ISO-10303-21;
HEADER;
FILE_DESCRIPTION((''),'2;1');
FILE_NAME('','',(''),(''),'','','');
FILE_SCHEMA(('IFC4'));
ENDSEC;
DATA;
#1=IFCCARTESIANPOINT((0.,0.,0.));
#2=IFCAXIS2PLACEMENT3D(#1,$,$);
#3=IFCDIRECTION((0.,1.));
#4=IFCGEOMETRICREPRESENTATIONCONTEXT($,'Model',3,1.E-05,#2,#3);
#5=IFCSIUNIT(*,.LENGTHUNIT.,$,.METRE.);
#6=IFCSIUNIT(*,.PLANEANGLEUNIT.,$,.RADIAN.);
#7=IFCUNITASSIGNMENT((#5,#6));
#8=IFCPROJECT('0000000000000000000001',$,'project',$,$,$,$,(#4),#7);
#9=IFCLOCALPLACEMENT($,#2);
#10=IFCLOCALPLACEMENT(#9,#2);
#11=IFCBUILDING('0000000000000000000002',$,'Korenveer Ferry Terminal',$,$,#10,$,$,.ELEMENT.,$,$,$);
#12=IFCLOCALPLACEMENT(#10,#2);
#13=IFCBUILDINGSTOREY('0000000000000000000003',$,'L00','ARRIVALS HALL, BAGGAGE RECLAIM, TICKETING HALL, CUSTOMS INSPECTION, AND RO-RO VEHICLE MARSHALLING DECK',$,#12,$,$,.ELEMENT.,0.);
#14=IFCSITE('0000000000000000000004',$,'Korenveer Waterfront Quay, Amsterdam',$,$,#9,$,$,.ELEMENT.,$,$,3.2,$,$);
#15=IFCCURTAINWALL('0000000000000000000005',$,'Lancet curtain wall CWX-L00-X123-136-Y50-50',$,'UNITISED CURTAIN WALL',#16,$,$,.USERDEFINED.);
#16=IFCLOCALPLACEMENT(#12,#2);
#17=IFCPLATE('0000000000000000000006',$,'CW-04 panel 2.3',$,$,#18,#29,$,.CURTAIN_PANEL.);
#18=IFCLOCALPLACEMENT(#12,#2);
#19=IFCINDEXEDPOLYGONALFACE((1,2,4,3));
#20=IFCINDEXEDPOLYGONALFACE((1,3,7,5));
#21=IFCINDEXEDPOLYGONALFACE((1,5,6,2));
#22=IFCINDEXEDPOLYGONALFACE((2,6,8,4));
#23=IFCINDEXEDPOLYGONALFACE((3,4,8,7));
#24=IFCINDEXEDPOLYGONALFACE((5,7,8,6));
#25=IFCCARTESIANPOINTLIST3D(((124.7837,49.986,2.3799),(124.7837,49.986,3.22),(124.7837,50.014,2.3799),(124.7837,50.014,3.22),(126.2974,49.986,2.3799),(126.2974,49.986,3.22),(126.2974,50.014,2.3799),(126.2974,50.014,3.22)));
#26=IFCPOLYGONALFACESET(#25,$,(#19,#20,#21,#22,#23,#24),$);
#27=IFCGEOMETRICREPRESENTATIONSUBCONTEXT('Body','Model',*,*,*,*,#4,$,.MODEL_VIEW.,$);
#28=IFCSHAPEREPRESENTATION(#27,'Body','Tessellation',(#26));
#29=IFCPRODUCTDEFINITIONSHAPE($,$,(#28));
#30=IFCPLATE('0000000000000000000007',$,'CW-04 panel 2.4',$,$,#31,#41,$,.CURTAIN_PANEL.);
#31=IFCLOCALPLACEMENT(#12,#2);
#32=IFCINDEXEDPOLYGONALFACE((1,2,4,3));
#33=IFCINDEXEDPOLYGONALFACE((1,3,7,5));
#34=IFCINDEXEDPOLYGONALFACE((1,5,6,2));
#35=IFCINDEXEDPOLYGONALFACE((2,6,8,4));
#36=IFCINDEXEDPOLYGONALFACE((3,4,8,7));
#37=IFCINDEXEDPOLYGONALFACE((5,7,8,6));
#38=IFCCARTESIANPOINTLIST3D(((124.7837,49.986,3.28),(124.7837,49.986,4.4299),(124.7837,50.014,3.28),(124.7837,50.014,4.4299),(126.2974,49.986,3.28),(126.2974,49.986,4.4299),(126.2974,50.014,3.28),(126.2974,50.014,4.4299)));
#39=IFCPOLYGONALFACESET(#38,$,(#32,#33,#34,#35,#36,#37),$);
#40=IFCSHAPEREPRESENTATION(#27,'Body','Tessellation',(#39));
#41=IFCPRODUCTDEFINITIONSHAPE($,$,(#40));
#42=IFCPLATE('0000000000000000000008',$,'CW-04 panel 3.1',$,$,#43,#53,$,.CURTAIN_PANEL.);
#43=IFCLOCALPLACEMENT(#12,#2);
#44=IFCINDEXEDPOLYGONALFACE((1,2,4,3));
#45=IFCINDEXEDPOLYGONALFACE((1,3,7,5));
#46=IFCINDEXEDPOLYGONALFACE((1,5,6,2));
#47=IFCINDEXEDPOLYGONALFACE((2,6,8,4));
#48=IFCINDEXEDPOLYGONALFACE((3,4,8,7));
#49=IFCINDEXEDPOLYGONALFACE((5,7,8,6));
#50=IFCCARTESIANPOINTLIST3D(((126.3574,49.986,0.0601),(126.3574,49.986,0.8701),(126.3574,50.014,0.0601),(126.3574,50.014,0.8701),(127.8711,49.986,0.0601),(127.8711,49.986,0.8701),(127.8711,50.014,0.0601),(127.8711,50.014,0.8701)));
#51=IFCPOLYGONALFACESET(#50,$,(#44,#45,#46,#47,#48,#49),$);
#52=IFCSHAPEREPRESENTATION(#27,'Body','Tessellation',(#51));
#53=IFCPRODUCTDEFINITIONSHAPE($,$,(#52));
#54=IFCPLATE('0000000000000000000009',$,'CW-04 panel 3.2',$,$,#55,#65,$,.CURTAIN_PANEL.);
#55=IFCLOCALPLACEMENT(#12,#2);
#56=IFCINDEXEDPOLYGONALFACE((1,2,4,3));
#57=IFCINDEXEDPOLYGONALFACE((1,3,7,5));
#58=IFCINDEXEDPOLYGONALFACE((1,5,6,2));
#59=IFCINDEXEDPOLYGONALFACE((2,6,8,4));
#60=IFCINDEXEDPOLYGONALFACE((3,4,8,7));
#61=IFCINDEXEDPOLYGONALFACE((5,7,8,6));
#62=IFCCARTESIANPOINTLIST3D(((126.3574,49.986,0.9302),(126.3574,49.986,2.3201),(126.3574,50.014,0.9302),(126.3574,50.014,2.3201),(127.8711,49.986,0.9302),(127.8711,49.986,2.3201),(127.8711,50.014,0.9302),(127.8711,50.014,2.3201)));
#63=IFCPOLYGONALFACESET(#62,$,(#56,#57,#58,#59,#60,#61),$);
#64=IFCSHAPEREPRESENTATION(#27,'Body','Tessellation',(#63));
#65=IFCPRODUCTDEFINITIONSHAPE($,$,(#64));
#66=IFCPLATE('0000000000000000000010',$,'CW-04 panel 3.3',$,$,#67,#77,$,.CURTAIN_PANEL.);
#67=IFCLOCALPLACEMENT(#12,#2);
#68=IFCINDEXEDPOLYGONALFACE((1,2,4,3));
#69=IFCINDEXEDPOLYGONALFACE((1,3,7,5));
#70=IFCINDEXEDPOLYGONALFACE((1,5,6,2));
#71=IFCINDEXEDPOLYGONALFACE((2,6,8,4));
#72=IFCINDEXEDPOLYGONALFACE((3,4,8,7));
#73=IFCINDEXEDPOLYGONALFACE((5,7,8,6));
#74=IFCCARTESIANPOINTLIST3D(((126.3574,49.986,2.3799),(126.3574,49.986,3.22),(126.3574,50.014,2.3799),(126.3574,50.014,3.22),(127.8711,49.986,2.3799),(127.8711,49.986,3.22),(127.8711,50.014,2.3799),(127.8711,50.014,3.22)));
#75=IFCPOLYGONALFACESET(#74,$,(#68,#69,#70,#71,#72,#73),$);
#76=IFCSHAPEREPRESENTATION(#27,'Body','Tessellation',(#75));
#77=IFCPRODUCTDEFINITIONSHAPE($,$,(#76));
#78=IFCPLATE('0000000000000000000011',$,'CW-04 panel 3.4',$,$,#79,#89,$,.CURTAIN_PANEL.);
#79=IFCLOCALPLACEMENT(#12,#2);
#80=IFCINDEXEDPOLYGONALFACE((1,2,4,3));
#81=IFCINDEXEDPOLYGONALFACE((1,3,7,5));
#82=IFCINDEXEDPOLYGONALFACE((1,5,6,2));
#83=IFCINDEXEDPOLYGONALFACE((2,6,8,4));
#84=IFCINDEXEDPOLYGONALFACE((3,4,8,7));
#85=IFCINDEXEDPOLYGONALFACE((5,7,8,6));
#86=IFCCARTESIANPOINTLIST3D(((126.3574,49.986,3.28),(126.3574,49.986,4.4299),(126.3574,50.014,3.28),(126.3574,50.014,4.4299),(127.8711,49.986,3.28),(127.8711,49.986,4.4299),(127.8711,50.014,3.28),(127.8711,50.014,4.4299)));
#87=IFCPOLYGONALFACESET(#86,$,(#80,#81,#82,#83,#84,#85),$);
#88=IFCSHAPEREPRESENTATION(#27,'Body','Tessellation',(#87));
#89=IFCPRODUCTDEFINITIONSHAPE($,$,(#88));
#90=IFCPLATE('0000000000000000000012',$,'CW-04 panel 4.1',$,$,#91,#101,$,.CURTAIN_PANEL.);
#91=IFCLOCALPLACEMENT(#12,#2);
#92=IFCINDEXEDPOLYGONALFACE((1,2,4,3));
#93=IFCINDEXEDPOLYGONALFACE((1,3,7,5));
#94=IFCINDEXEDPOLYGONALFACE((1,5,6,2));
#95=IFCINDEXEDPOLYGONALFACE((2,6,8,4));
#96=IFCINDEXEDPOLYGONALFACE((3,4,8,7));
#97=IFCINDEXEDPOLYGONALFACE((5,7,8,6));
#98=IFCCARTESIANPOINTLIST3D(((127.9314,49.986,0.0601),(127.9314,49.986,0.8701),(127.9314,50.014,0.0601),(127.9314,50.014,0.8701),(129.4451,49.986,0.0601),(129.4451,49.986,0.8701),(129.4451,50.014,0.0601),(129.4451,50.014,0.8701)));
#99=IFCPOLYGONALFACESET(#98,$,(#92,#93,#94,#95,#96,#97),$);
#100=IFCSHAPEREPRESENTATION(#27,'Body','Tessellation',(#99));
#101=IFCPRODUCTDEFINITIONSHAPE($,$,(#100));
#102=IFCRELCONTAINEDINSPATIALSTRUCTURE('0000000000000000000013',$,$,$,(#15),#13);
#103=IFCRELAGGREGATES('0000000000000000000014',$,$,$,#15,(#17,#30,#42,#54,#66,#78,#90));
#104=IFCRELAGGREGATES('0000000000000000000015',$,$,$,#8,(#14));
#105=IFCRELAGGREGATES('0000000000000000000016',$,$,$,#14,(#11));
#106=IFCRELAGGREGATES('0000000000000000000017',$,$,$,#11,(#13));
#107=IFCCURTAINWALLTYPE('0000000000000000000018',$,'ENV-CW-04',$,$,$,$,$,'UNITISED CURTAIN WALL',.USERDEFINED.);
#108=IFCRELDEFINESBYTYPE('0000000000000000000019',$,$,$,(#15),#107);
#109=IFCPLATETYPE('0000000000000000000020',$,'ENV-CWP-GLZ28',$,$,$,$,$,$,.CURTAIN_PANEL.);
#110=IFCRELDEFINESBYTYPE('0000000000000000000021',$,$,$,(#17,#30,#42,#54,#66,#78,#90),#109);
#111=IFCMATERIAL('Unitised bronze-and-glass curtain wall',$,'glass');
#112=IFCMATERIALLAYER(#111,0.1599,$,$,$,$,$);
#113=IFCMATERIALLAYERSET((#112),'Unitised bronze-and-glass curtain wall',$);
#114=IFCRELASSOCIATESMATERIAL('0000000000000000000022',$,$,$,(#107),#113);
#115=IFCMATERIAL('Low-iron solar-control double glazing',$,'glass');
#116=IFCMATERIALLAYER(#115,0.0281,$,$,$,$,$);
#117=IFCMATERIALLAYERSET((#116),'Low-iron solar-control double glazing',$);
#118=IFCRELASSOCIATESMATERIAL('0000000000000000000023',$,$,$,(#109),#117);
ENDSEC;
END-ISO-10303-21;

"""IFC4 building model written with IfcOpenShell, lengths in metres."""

from ifc_helpers import new_model, si_unit, direction, frame, origin, origin_2d, place, context, subcontext, project, spatial, rectangle, extrude, material, layer, layer_set, type_object, element, aggregate, save


model = new_model("IFC4")

# Units and contexts
model_context = context("Model", 3, precision=1e-05, world=origin(), true_north=direction((0.0, 1.0)))
body_context = subcontext(model_context, "Body", "Model", "MODEL_VIEW")
ifc_project = project(units=[si_unit("LENGTHUNIT", "METRE"), si_unit("PLANEANGLEUNIT", "RADIAN")], contexts=[model_context])

# Site, building, storey
site_placement = place(None, origin())
site = spatial("IfcSite", under=ifc_project, at=site_placement, Name="Korenveer Waterfront Quay, Amsterdam", CompositionType="ELEMENT", RefElevation=3.2)
building_placement = place(site_placement, origin())
building = spatial("IfcBuilding", under=site, at=building_placement, Name="Korenveer Ferry Terminal", CompositionType="ELEMENT")
storey_placement = place(building_placement, origin())
storey = spatial("IfcBuildingStorey", under=building, at=storey_placement, Name="L00", Description="ARRIVALS HALL, BAGGAGE RECLAIM, TICKETING HALL, CUSTOMS INSPECTION, AND RO-RO VEHICLE MARSHALLING DECK", CompositionType="ELEMENT", Elevation=0.0)

# Curtain wall, plates
ifc_material_1 = material(Name="Unitised bronze-and-glass curtain wall", Category="glass")
ifc_layer_1 = layer(ifc_material_1, 0.1599)
ifc_layer_set_1 = layer_set([ifc_layer_1], Name="Unitised bronze-and-glass curtain wall")
curtain_wall_type = type_object("IfcCurtainWallType", Name="ENV-CW-04", ElementType="UNITISED CURTAIN WALL", PredefinedType="USERDEFINED", material=ifc_layer_set_1)
curtain_wall_placement = place(storey_placement, frame((123.1799, 50.0, 0.0)))
curtain_wall = element("IfcCurtainWall", 1, at=curtain_wall_placement, inside=storey, type_object=curtain_wall_type, Name="Lancet curtain wall CWX-L00-X123-136-Y50-50", ObjectType="UNITISED CURTAIN WALL", PredefinedType="USERDEFINED")
ifc_material_2 = material(Name="Low-iron solar-control double glazing", Category="glass")
ifc_layer_2 = layer(ifc_material_2, 0.0281)
ifc_layer_set_2 = layer_set([ifc_layer_2], Name="Low-iron solar-control double glazing")
plate_type = type_object("IfcPlateType", Name="ENV-CWP-GLZ28", PredefinedType="CURTAIN_PANEL", material=ifc_layer_set_2)
plate_1_placement = place(storey_placement, frame((125.5405, 50.0, 2.3799), z_axis=(0.0, 0.0, 1.0), x_axis=(1.0, 0.0, 0.0)))
plate_1 = element("IfcPlate", 2, at=plate_1_placement, type_object=plate_type, Name="CW-04 panel 2.3", PredefinedType="CURTAIN_PANEL", context=body_context, shape_type="SweptSolid", body=[
    extrude(rectangle(XDim=1.5137, YDim=0.0281, at=origin_2d()), origin(), (0.0, 0.0, 1.0), 0.8401),
])
plate_2_placement = place(storey_placement, frame((125.5405, 50.0, 3.28), z_axis=(0.0, 0.0, 1.0), x_axis=(1.0, 0.0, 0.0)))
plate_2 = element("IfcPlate", 3, at=plate_2_placement, type_object=plate_type, Name="CW-04 panel 2.4", PredefinedType="CURTAIN_PANEL", context=body_context, shape_type="SweptSolid", body=[
    extrude(rectangle(XDim=1.5137, YDim=0.0281, at=origin_2d()), origin(), (0.0, 0.0, 1.0), 1.1499),
])
plate_3_placement = place(storey_placement, frame((127.1143, 50.0, 0.0601), z_axis=(0.0, 0.0, 1.0), x_axis=(1.0, 0.0, 0.0)))
plate_3 = element("IfcPlate", 4, at=plate_3_placement, type_object=plate_type, Name="CW-04 panel 3.1", PredefinedType="CURTAIN_PANEL", context=body_context, shape_type="SweptSolid", body=[
    extrude(rectangle(XDim=1.5137, YDim=0.0281, at=origin_2d()), origin(), (0.0, 0.0, 1.0), 0.8101),
])
plate_4_placement = place(storey_placement, frame((127.1143, 50.0, 0.9302), z_axis=(0.0, 0.0, 1.0), x_axis=(1.0, 0.0, 0.0)))
plate_4 = element("IfcPlate", 5, at=plate_4_placement, type_object=plate_type, Name="CW-04 panel 3.2", PredefinedType="CURTAIN_PANEL", context=body_context, shape_type="SweptSolid", body=[
    extrude(rectangle(XDim=1.5137, YDim=0.0281, at=origin_2d()), origin(), (0.0, 0.0, 1.0), 1.3899),
])
plate_5_placement = place(storey_placement, frame((127.1143, 50.0, 2.3799), z_axis=(0.0, 0.0, 1.0), x_axis=(1.0, 0.0, 0.0)))
plate_5 = element("IfcPlate", 6, at=plate_5_placement, type_object=plate_type, Name="CW-04 panel 3.3", PredefinedType="CURTAIN_PANEL", context=body_context, shape_type="SweptSolid", body=[
    extrude(rectangle(XDim=1.5137, YDim=0.0281, at=origin_2d()), origin(), (0.0, 0.0, 1.0), 0.8401),
])
plate_6_placement = place(storey_placement, frame((127.1143, 50.0, 3.28), z_axis=(0.0, 0.0, 1.0), x_axis=(1.0, 0.0, 0.0)))
plate_6 = element("IfcPlate", 7, at=plate_6_placement, type_object=plate_type, Name="CW-04 panel 3.4", PredefinedType="CURTAIN_PANEL", context=body_context, shape_type="SweptSolid", body=[
    extrude(rectangle(XDim=1.5137, YDim=0.0281, at=origin_2d()), origin(), (0.0, 0.0, 1.0), 1.1499),
])
plate_7_placement = place(storey_placement, frame((128.6882, 50.0, 0.0601), z_axis=(0.0, 0.0, 1.0), x_axis=(1.0, 0.0, 0.0)))
plate_7 = element("IfcPlate", 8, at=plate_7_placement, type_object=plate_type, Name="CW-04 panel 4.1", PredefinedType="CURTAIN_PANEL", context=body_context, shape_type="SweptSolid", body=[
    extrude(rectangle(XDim=1.5137, YDim=0.0281, at=origin_2d()), origin(), (0.0, 0.0, 1.0), 0.8101),
])
aggregate(curtain_wall, [plate_1, plate_2, plate_3, plate_4, plate_5, plate_6, plate_7])

save(model, "model.ifc")
